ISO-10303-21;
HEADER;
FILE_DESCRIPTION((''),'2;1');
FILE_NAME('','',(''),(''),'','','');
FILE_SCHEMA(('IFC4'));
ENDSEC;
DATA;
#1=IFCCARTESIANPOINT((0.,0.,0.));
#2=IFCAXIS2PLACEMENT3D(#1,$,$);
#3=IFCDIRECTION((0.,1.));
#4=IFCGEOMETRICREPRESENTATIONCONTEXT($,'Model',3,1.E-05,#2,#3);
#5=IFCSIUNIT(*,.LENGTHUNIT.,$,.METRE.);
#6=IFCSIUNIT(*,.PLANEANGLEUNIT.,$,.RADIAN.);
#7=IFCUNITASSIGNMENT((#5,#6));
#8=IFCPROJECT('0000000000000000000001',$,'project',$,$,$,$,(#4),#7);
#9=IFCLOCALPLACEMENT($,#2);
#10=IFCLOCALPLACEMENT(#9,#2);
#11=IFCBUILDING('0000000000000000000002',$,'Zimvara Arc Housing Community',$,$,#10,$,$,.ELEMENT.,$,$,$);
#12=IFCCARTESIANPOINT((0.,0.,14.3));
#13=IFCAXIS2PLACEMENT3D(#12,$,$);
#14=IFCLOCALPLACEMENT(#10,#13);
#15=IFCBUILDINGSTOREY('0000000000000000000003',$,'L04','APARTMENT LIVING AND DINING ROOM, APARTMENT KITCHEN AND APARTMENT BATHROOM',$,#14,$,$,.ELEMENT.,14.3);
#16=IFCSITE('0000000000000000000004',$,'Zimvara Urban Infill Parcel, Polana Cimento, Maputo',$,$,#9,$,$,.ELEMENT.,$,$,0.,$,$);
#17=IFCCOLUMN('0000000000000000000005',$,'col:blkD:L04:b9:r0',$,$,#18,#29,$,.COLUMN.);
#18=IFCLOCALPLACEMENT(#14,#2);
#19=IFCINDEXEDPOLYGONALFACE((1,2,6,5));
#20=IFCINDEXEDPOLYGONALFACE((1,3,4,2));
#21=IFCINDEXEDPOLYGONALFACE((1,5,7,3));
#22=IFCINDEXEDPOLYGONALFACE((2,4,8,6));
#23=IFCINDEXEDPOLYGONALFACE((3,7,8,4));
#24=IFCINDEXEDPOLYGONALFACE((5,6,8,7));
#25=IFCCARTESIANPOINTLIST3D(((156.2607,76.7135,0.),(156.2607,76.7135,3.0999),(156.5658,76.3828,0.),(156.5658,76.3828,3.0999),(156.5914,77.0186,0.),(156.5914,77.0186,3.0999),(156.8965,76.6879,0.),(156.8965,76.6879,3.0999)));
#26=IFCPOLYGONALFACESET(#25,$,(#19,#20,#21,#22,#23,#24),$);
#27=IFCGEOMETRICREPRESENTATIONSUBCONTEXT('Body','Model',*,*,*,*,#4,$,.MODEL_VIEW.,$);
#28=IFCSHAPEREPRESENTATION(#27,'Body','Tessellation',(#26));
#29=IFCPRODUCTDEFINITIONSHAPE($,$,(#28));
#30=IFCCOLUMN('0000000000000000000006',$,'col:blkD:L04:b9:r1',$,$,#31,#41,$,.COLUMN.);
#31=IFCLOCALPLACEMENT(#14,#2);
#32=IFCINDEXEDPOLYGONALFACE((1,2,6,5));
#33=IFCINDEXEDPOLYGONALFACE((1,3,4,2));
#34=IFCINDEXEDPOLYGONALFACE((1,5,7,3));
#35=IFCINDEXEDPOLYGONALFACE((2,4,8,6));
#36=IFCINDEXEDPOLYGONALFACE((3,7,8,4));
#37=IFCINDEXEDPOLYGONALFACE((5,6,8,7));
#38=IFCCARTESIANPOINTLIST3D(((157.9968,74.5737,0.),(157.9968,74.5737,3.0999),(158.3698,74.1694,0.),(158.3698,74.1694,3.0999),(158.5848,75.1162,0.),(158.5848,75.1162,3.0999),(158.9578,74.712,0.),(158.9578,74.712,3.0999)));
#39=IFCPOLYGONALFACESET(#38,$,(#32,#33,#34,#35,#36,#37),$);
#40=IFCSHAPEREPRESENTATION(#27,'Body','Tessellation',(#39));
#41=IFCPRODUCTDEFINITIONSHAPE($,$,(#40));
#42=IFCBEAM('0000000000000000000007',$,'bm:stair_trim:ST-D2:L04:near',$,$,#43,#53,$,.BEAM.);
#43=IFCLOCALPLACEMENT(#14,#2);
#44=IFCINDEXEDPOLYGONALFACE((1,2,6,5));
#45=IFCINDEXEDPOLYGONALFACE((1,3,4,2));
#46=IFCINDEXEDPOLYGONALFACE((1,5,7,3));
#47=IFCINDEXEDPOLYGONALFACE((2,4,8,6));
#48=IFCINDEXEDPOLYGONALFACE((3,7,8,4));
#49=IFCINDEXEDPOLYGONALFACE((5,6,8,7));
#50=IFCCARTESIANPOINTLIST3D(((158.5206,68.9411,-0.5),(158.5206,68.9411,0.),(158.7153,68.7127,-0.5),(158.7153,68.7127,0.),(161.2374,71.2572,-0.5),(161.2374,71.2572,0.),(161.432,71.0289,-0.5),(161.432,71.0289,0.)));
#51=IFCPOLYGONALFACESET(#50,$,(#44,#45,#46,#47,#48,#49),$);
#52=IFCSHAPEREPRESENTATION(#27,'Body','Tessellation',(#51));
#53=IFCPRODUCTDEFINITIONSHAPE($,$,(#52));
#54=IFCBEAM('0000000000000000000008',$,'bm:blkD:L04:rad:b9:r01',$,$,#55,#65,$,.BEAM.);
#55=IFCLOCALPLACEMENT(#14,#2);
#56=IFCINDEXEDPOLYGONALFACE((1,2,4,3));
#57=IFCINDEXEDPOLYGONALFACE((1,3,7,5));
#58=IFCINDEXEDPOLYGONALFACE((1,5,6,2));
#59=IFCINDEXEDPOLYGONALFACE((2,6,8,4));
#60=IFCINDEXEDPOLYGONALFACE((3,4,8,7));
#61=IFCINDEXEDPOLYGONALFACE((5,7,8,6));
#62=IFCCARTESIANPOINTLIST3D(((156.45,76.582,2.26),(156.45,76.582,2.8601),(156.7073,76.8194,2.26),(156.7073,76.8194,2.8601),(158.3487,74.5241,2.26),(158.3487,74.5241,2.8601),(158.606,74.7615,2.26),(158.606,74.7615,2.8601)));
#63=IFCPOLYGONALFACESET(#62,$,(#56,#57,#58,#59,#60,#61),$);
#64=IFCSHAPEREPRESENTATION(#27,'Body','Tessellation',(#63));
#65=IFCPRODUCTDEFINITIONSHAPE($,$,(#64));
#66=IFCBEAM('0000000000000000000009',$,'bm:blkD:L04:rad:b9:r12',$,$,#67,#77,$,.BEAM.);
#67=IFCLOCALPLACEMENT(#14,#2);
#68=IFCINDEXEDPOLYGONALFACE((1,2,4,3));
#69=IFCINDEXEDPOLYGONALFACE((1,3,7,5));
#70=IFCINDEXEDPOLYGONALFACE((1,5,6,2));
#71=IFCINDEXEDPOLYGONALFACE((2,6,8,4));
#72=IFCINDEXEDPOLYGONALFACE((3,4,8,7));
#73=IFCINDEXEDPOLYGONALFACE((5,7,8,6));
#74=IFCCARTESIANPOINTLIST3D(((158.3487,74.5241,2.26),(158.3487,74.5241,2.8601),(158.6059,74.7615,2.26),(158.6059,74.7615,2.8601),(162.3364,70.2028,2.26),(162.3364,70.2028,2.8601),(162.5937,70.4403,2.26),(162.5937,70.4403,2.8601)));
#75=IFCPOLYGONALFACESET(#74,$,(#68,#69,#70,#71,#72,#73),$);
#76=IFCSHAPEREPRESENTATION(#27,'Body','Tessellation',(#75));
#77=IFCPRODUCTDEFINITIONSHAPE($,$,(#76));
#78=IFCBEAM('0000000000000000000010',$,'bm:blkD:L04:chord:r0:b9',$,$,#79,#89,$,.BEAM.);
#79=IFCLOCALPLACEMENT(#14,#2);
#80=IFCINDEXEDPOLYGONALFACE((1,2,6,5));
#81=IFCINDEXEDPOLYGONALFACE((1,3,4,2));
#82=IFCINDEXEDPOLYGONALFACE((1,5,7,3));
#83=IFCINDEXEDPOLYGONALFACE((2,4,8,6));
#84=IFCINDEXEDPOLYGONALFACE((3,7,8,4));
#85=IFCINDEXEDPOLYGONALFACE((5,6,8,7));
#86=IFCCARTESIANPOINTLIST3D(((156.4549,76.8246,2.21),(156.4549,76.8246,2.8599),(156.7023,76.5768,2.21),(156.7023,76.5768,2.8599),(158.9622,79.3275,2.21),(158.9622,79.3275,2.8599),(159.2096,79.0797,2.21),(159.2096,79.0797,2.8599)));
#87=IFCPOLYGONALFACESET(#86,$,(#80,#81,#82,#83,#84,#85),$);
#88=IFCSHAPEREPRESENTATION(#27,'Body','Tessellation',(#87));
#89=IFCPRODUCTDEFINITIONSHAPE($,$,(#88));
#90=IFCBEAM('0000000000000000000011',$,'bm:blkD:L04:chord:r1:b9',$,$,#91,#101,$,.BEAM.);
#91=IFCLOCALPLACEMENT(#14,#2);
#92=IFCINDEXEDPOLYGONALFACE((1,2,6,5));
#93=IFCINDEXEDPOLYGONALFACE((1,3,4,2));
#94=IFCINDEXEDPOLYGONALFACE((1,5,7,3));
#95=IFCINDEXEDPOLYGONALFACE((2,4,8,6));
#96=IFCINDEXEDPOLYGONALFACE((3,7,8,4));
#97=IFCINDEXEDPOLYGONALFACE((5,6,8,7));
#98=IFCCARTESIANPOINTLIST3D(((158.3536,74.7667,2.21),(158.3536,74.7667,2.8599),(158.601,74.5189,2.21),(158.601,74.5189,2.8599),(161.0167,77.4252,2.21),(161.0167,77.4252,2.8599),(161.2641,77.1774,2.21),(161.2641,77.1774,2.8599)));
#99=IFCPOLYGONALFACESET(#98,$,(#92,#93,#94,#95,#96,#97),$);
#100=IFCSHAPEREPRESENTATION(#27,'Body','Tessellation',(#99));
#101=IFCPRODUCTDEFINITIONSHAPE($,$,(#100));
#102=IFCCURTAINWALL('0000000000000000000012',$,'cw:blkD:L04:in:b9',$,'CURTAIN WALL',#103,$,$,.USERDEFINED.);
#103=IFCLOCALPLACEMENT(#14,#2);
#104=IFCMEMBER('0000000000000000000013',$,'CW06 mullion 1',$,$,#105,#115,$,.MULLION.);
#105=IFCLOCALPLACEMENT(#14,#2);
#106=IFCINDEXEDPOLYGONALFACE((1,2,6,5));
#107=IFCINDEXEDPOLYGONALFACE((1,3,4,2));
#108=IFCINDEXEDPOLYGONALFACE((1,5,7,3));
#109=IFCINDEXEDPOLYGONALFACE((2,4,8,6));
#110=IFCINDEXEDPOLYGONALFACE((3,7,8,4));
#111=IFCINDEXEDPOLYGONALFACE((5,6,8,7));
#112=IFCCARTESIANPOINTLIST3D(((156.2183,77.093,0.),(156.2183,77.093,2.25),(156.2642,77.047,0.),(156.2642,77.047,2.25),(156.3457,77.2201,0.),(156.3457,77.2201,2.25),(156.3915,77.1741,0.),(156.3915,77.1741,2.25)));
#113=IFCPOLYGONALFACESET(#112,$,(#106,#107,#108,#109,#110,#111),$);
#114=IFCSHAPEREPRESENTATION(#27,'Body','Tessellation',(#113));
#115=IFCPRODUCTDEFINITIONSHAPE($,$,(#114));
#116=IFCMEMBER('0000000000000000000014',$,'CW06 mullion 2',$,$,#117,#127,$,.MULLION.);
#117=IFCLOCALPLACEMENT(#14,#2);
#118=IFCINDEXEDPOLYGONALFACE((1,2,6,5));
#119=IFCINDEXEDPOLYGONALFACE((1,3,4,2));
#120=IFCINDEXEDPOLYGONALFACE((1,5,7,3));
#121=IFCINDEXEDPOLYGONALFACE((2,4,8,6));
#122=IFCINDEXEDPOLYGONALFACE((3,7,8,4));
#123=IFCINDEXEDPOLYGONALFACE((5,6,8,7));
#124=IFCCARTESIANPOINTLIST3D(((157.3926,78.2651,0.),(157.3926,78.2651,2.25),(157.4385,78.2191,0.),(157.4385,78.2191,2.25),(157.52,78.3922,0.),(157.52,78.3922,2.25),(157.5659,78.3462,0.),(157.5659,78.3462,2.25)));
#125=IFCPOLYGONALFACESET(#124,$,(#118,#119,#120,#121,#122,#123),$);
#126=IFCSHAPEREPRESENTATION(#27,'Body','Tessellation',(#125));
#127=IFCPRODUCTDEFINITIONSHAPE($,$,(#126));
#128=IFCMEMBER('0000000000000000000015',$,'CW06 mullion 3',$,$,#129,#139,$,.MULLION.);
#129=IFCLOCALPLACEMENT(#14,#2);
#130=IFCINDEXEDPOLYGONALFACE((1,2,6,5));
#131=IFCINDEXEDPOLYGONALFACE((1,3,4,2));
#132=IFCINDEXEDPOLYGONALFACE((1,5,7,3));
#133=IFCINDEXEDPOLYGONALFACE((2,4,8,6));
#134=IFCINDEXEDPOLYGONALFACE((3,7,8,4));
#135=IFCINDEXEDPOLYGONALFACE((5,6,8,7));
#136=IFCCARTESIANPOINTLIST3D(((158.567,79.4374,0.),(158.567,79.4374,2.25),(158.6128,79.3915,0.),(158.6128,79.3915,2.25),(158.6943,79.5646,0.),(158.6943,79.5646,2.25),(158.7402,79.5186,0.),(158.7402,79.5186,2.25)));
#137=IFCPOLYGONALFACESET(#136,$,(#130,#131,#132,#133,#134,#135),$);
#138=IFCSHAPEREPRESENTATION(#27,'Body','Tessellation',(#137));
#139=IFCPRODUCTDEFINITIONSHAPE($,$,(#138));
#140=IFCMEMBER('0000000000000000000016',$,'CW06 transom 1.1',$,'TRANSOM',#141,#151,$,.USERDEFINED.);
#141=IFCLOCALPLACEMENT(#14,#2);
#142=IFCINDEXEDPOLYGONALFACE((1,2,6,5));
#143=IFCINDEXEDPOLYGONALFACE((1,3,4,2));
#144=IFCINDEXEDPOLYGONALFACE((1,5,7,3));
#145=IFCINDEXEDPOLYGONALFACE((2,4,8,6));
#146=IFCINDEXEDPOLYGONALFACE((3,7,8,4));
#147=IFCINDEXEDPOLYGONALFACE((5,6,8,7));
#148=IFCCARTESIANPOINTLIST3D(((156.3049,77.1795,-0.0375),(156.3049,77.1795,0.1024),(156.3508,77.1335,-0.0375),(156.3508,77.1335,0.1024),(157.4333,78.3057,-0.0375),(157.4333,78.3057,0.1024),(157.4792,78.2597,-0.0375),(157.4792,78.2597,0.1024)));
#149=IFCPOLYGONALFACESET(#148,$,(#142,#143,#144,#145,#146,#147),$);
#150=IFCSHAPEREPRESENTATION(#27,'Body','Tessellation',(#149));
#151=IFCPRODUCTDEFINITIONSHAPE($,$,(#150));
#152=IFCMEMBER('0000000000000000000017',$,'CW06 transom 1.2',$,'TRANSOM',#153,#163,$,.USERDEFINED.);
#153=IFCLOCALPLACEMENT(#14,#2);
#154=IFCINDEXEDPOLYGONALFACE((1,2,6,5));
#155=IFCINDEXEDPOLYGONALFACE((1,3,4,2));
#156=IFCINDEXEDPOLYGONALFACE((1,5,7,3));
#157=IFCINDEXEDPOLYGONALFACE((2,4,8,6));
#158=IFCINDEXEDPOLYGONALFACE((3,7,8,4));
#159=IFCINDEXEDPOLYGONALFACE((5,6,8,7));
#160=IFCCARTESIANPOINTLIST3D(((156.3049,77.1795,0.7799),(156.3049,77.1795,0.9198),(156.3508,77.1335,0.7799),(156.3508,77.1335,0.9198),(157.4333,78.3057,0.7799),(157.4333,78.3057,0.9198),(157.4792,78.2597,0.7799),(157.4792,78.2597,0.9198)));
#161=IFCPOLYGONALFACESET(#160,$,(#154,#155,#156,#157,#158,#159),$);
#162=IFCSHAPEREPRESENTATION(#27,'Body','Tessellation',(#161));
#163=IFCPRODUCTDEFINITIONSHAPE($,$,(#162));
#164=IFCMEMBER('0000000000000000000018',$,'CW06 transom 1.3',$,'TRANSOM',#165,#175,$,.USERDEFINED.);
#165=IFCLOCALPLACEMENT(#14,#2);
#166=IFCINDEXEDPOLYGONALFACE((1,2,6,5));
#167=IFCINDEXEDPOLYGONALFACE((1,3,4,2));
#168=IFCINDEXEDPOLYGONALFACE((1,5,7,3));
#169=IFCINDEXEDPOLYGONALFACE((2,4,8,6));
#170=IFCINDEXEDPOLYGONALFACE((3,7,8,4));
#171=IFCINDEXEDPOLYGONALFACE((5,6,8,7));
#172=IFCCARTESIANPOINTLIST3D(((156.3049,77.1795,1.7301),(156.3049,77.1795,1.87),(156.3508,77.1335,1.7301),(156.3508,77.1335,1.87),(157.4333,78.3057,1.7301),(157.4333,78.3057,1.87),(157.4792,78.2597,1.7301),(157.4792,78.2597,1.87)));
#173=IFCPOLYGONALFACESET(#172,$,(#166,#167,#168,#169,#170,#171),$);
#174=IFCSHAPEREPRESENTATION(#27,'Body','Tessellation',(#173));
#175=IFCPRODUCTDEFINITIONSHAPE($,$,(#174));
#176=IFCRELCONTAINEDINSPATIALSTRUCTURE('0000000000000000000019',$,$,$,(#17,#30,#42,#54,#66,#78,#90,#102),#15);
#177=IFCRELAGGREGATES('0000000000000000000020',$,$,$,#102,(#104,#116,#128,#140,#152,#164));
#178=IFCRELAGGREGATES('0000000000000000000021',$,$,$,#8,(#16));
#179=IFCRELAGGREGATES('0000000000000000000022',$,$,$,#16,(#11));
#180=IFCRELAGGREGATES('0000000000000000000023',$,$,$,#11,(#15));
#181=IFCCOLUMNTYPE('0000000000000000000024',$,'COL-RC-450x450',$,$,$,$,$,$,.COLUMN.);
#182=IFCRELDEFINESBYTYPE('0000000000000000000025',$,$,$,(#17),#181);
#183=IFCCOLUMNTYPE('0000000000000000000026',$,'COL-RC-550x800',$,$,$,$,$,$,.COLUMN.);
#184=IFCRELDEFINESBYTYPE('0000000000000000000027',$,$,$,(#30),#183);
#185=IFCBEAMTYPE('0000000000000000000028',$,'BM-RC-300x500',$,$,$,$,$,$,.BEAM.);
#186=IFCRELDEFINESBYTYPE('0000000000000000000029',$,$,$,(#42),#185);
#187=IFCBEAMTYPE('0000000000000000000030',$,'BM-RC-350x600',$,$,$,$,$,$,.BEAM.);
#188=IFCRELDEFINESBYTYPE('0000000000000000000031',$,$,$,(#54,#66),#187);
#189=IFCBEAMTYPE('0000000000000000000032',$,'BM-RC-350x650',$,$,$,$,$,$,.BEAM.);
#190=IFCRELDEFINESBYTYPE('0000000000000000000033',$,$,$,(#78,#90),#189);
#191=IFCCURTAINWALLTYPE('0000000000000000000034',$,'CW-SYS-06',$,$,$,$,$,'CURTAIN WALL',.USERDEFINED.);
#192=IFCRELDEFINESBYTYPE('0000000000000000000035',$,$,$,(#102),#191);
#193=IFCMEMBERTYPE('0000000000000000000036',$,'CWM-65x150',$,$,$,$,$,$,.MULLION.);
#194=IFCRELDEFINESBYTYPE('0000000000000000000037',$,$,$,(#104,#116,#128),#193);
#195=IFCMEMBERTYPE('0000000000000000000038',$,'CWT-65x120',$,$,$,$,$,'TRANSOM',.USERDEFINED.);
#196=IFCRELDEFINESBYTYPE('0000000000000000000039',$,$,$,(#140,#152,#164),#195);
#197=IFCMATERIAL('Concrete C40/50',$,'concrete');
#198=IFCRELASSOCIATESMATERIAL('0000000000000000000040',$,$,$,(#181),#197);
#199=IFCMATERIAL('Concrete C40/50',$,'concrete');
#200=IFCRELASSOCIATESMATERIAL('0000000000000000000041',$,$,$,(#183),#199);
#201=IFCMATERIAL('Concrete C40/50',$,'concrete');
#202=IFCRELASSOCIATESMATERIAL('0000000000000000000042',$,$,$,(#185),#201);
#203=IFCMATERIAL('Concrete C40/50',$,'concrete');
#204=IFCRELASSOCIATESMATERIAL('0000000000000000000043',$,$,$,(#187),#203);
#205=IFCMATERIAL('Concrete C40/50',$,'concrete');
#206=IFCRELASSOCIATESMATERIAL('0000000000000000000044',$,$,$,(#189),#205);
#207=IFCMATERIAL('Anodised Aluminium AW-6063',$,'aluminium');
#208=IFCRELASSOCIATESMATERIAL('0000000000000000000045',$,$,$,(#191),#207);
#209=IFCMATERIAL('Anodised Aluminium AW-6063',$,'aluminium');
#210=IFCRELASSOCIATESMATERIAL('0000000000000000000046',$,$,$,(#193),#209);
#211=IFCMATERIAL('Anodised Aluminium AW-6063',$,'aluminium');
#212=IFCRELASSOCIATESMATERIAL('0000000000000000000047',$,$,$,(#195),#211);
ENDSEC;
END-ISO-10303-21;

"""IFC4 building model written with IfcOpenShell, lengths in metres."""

from ifc_helpers import new_model, si_unit, direction, frame, origin, origin_2d, place, context, subcontext, project, spatial, rectangle, extrude, material, material_profile, profile_set, type_object, element, aggregate, save


model = new_model("IFC4")

# Units and contexts
model_context = context("Model", 3, precision=1e-05, world=origin(), true_north=direction((0.0, 1.0)))
body_context = subcontext(model_context, "Body", "Model", "MODEL_VIEW")
ifc_project = project(units=[si_unit("LENGTHUNIT", "METRE"), si_unit("PLANEANGLEUNIT", "RADIAN")], contexts=[model_context])

# Site, building, storey
site_placement = place(None, origin())
site = spatial("IfcSite", under=ifc_project, at=site_placement, Name="Zimvara Urban Infill Parcel, Polana Cimento, Maputo", CompositionType="ELEMENT", RefElevation=0.0)
building_placement = place(site_placement, origin())
building = spatial("IfcBuilding", under=site, at=building_placement, Name="Zimvara Arc Housing Community", CompositionType="ELEMENT")
storey_placement = place(building_placement, frame((0.0, 0.0, 14.3)))
storey = spatial("IfcBuildingStorey", under=building, at=storey_placement, Name="L04", Description="APARTMENT LIVING AND DINING ROOM, APARTMENT KITCHEN AND APARTMENT BATHROOM", CompositionType="ELEMENT", Elevation=14.3)

# Columns
ifc_material_1 = material(Name="Concrete C40/50", Category="concrete")
ifc_material_profile_1 = material_profile(ifc_material_1, rectangle(XDim=0.45, YDim=0.45, at=origin_2d()), Name="RC 450x450")
ifc_profile_set_1 = profile_set([ifc_material_profile_1], Name="Concrete C40/50")
column_type_1 = type_object("IfcColumnType", Name="COL-RC-450x450", PredefinedType="COLUMN", material=ifc_profile_set_1)
column_1_placement = place(storey_placement, frame((156.5786, 76.7007, 0.0), z_axis=(0.0, 0.0, 1.0), x_axis=(0.67816, -0.734915, 0.0)))
element("IfcColumn", 1, at=column_1_placement, inside=storey, type_object=column_type_1, Name="col:blkD:L04:b9:r0", PredefinedType="COLUMN", context=body_context, shape_type="SweptSolid", body=[
    extrude(rectangle(XDim=0.45, YDim=0.45, at=origin_2d()), origin(), (0.0, 0.0, 1.0), 3.0999),
])
ifc_material_2 = material(Name="Concrete C40/50", Category="concrete")
ifc_material_profile_2 = material_profile(ifc_material_2, rectangle(XDim=0.55, YDim=0.8, at=origin_2d()), Name="RC 550x800")
ifc_profile_set_2 = profile_set([ifc_material_profile_2], Name="Concrete C40/50")
column_type_2 = type_object("IfcColumnType", Name="COL-RC-550x800", PredefinedType="COLUMN", material=ifc_profile_set_2)
column_2_placement = place(storey_placement, frame((158.4773, 74.6428, 0.0), z_axis=(0.0, 0.0, 1.0), x_axis=(0.67816, -0.734915, 0.0)))
element("IfcColumn", 2, at=column_2_placement, inside=storey, type_object=column_type_2, Name="col:blkD:L04:b9:r1", PredefinedType="COLUMN", context=body_context, shape_type="SweptSolid", body=[
    extrude(rectangle(XDim=0.55, YDim=0.8, at=origin_2d()), origin(), (0.0, 0.0, 1.0), 3.0999),
])

# Beams
ifc_material_3 = material(Name="Concrete C40/50", Category="concrete")
ifc_material_profile_3 = material_profile(ifc_material_3, rectangle(XDim=0.3, YDim=0.5, at=origin_2d()), Name="RC 300x500")
ifc_profile_set_3 = profile_set([ifc_material_profile_3], Name="Concrete C40/50")
beam_type_1 = type_object("IfcBeamType", Name="BM-RC-300x500", PredefinedType="BEAM", material=ifc_profile_set_3)
beam_1_placement = place(storey_placement, frame((158.6179, 68.8269, -0.25), z_axis=(0.760987, 0.648767, 0.0), x_axis=(-0.648767, 0.760987, 0.0)))
element("IfcBeam", 3, at=beam_1_placement, inside=storey, type_object=beam_type_1, Name="bm:stair_trim:ST-D2:L04:near", PredefinedType="BEAM", context=body_context, shape_type="SweptSolid", body=[
    extrude(rectangle(XDim=0.3, YDim=0.5, at=origin_2d()), origin(), (0.0, 0.0, 1.0), 3.5701),
])
ifc_material_4 = material(Name="Concrete C40/50", Category="concrete")
ifc_material_profile_4 = material_profile(ifc_material_4, rectangle(XDim=0.3501, YDim=0.6001, at=origin_2d()), Name="RC 350x600")
ifc_profile_set_4 = profile_set([ifc_material_profile_4], Name="Concrete C40/50")
beam_type_2 = type_object("IfcBeamType", Name="BM-RC-350x600", PredefinedType="BEAM", material=ifc_profile_set_4)
beam_2_placement = place(storey_placement, frame((156.5786, 76.7007, 2.5601), z_axis=(0.67811, -0.734961, 0.0), x_axis=(0.734961, 0.67811, 0.0)))
element("IfcBeam", 4, at=beam_2_placement, inside=storey, type_object=beam_type_2, Name="bm:blkD:L04:rad:b9:r01", PredefinedType="BEAM", context=body_context, shape_type="SweptSolid", body=[
    extrude(rectangle(XDim=0.3501, YDim=0.6001, at=origin_2d()), origin(), (0.0, 0.0, 1.0), 2.8),
])
beam_3_placement = place(storey_placement, frame((158.4773, 74.6428, 2.5601), z_axis=(0.67818, -0.734896, 0.0), x_axis=(0.734896, 0.67818, 0.0)))
element("IfcBeam", 5, at=beam_3_placement, inside=storey, type_object=beam_type_2, Name="bm:blkD:L04:rad:b9:r12", PredefinedType="BEAM", context=body_context, shape_type="SweptSolid", body=[
    extrude(rectangle(XDim=0.3501, YDim=0.6001, at=origin_2d()), origin(), (0.0, 0.0, 1.0), 5.8801),
])
ifc_material_5 = material(Name="Concrete C40/50", Category="concrete")
ifc_material_profile_5 = material_profile(ifc_material_5, rectangle(XDim=0.3501, YDim=0.6499, at=origin_2d()), Name="RC 350x650")
ifc_profile_set_5 = profile_set([ifc_material_profile_5], Name="Concrete C40/50")
beam_type_3 = type_object("IfcBeamType", Name="BM-RC-350x650", PredefinedType="BEAM", material=ifc_profile_set_5)
beam_4_placement = place(storey_placement, frame((156.5786, 76.7007, 2.5349), z_axis=(0.707727, 0.706486, 0.0), x_axis=(-0.706486, 0.707727, 0.0)))
element("IfcBeam", 6, at=beam_4_placement, inside=storey, type_object=beam_type_3, Name="bm:blkD:L04:chord:r0:b9", PredefinedType="BEAM", context=body_context, shape_type="SweptSolid", body=[
    extrude(rectangle(XDim=0.3501, YDim=0.6499, at=origin_2d()), origin(), (0.0, 0.0, 1.0), 3.5427),
])
beam_5_placement = place(storey_placement, frame((158.4773, 74.6428, 2.5349), z_axis=(0.707723, 0.70649, 0.0), x_axis=(-0.70649, 0.707723, 0.0)))
element("IfcBeam", 7, at=beam_5_placement, inside=storey, type_object=beam_type_3, Name="bm:blkD:L04:chord:r1:b9", PredefinedType="BEAM", context=body_context, shape_type="SweptSolid", body=[
    extrude(rectangle(XDim=0.3501, YDim=0.6499, at=origin_2d()), origin(), (0.0, 0.0, 1.0), 3.7629),
])

# Curtain wall, members
ifc_material_6 = material(Name="Anodised Aluminium AW-6063", Category="aluminium")
curtain_wall_type = type_object("IfcCurtainWallType", Name="CW-SYS-06", ElementType="CURTAIN WALL", PredefinedType="USERDEFINED", material=ifc_material_6)
curtain_wall_placement = place(storey_placement, origin())
curtain_wall = element("IfcCurtainWall", 8, at=curtain_wall_placement, inside=storey, type_object=curtain_wall_type, Name="cw:blkD:L04:in:b9", ObjectType="CURTAIN WALL", PredefinedType="USERDEFINED")
ifc_material_7 = material(Name="Anodised Aluminium AW-6063", Category="aluminium")
ifc_material_profile_6 = material_profile(ifc_material_7, rectangle(XDim=0.0649, YDim=0.1799, at=origin_2d()), Name="ALU 65x180")
ifc_profile_set_6 = profile_set([ifc_material_profile_6], Name="Anodised Aluminium AW-6063")
member_type_1 = type_object("IfcMemberType", Name="CWM-65x150", PredefinedType="MULLION", material=ifc_profile_set_6)
member_1_placement = place(storey_placement, frame((156.3049, 77.1335, 0.0), z_axis=(0.0, 0.0, 1.0), x_axis=(-0.70649, 0.707723, 0.0)))
member_1 = element("IfcMember", 9, at=member_1_placement, type_object=member_type_1, Name="CW06 mullion 1", PredefinedType="MULLION", context=body_context, shape_type="SweptSolid", body=[
    extrude(rectangle(XDim=0.0649, YDim=0.1799, at=origin_2d()), origin(), (0.0, 0.0, 1.0), 2.25),
])
member_2_placement = place(storey_placement, frame((157.4792, 78.3057, 0.0), z_axis=(0.0, 0.0, 1.0), x_axis=(-0.70649, 0.707723, 0.0)))
member_2 = element("IfcMember", 10, at=member_2_placement, type_object=member_type_1, Name="CW06 mullion 2", PredefinedType="MULLION", context=body_context, shape_type="SweptSolid", body=[
    extrude(rectangle(XDim=0.0649, YDim=0.1799, at=origin_2d()), origin(), (0.0, 0.0, 1.0), 2.25),
])
member_3_placement = place(storey_placement, frame((158.6536, 79.478, 0.0), z_axis=(0.0, 0.0, 1.0), x_axis=(-0.70649, 0.707723, 0.0)))
member_3 = element("IfcMember", 11, at=member_3_placement, type_object=member_type_1, Name="CW06 mullion 3", PredefinedType="MULLION", context=body_context, shape_type="SweptSolid", body=[
    extrude(rectangle(XDim=0.0649, YDim=0.1799, at=origin_2d()), origin(), (0.0, 0.0, 1.0), 2.25),
])
ifc_material_8 = material(Name="Anodised Aluminium AW-6063", Category="aluminium")
ifc_material_profile_7 = material_profile(ifc_material_8, rectangle(XDim=0.0649, YDim=0.1399, at=origin_2d()), Name="ALU 65x140")
ifc_profile_set_7 = profile_set([ifc_material_profile_7], Name="Anodised Aluminium AW-6063")
member_type_2 = type_object("IfcMemberType", Name="CWT-65x120", ElementType="TRANSOM", PredefinedType="USERDEFINED", material=ifc_profile_set_7)
member_4_placement = place(storey_placement, frame((156.3279, 77.1565, 0.0325), z_axis=(0.707796, 0.706417, 0.0), x_axis=(-0.706417, 0.707796, 0.0)))
member_4 = element("IfcMember", 12, at=member_4_placement, type_object=member_type_2, Name="CW06 transom 1.1", ObjectType="TRANSOM", PredefinedType="USERDEFINED", context=body_context, shape_type="SweptSolid", body=[
    extrude(rectangle(XDim=0.0649, YDim=0.1399, at=origin_2d()), origin(), (0.0, 0.0, 1.0), 1.5942),
])
member_5_placement = place(storey_placement, frame((156.3279, 77.1565, 0.8499), z_axis=(0.707796, 0.706417, 0.0), x_axis=(-0.706417, 0.707796, 0.0)))
member_5 = element("IfcMember", 13, at=member_5_placement, type_object=member_type_2, Name="CW06 transom 1.2", ObjectType="TRANSOM", PredefinedType="USERDEFINED", context=body_context, shape_type="SweptSolid", body=[
    extrude(rectangle(XDim=0.0649, YDim=0.1399, at=origin_2d()), origin(), (0.0, 0.0, 1.0), 1.5942),
])
member_6_placement = place(storey_placement, frame((156.3279, 77.1565, 1.8), z_axis=(0.707796, 0.706417, 0.0), x_axis=(-0.706417, 0.707796, 0.0)))
member_6 = element("IfcMember", 14, at=member_6_placement, type_object=member_type_2, Name="CW06 transom 1.3", ObjectType="TRANSOM", PredefinedType="USERDEFINED", context=body_context, shape_type="SweptSolid", body=[
    extrude(rectangle(XDim=0.0649, YDim=0.1399, at=origin_2d()), origin(), (0.0, 0.0, 1.0), 1.5942),
])
aggregate(curtain_wall, [member_1, member_2, member_3, member_4, member_5, member_6])

save(model, "model.ifc")
